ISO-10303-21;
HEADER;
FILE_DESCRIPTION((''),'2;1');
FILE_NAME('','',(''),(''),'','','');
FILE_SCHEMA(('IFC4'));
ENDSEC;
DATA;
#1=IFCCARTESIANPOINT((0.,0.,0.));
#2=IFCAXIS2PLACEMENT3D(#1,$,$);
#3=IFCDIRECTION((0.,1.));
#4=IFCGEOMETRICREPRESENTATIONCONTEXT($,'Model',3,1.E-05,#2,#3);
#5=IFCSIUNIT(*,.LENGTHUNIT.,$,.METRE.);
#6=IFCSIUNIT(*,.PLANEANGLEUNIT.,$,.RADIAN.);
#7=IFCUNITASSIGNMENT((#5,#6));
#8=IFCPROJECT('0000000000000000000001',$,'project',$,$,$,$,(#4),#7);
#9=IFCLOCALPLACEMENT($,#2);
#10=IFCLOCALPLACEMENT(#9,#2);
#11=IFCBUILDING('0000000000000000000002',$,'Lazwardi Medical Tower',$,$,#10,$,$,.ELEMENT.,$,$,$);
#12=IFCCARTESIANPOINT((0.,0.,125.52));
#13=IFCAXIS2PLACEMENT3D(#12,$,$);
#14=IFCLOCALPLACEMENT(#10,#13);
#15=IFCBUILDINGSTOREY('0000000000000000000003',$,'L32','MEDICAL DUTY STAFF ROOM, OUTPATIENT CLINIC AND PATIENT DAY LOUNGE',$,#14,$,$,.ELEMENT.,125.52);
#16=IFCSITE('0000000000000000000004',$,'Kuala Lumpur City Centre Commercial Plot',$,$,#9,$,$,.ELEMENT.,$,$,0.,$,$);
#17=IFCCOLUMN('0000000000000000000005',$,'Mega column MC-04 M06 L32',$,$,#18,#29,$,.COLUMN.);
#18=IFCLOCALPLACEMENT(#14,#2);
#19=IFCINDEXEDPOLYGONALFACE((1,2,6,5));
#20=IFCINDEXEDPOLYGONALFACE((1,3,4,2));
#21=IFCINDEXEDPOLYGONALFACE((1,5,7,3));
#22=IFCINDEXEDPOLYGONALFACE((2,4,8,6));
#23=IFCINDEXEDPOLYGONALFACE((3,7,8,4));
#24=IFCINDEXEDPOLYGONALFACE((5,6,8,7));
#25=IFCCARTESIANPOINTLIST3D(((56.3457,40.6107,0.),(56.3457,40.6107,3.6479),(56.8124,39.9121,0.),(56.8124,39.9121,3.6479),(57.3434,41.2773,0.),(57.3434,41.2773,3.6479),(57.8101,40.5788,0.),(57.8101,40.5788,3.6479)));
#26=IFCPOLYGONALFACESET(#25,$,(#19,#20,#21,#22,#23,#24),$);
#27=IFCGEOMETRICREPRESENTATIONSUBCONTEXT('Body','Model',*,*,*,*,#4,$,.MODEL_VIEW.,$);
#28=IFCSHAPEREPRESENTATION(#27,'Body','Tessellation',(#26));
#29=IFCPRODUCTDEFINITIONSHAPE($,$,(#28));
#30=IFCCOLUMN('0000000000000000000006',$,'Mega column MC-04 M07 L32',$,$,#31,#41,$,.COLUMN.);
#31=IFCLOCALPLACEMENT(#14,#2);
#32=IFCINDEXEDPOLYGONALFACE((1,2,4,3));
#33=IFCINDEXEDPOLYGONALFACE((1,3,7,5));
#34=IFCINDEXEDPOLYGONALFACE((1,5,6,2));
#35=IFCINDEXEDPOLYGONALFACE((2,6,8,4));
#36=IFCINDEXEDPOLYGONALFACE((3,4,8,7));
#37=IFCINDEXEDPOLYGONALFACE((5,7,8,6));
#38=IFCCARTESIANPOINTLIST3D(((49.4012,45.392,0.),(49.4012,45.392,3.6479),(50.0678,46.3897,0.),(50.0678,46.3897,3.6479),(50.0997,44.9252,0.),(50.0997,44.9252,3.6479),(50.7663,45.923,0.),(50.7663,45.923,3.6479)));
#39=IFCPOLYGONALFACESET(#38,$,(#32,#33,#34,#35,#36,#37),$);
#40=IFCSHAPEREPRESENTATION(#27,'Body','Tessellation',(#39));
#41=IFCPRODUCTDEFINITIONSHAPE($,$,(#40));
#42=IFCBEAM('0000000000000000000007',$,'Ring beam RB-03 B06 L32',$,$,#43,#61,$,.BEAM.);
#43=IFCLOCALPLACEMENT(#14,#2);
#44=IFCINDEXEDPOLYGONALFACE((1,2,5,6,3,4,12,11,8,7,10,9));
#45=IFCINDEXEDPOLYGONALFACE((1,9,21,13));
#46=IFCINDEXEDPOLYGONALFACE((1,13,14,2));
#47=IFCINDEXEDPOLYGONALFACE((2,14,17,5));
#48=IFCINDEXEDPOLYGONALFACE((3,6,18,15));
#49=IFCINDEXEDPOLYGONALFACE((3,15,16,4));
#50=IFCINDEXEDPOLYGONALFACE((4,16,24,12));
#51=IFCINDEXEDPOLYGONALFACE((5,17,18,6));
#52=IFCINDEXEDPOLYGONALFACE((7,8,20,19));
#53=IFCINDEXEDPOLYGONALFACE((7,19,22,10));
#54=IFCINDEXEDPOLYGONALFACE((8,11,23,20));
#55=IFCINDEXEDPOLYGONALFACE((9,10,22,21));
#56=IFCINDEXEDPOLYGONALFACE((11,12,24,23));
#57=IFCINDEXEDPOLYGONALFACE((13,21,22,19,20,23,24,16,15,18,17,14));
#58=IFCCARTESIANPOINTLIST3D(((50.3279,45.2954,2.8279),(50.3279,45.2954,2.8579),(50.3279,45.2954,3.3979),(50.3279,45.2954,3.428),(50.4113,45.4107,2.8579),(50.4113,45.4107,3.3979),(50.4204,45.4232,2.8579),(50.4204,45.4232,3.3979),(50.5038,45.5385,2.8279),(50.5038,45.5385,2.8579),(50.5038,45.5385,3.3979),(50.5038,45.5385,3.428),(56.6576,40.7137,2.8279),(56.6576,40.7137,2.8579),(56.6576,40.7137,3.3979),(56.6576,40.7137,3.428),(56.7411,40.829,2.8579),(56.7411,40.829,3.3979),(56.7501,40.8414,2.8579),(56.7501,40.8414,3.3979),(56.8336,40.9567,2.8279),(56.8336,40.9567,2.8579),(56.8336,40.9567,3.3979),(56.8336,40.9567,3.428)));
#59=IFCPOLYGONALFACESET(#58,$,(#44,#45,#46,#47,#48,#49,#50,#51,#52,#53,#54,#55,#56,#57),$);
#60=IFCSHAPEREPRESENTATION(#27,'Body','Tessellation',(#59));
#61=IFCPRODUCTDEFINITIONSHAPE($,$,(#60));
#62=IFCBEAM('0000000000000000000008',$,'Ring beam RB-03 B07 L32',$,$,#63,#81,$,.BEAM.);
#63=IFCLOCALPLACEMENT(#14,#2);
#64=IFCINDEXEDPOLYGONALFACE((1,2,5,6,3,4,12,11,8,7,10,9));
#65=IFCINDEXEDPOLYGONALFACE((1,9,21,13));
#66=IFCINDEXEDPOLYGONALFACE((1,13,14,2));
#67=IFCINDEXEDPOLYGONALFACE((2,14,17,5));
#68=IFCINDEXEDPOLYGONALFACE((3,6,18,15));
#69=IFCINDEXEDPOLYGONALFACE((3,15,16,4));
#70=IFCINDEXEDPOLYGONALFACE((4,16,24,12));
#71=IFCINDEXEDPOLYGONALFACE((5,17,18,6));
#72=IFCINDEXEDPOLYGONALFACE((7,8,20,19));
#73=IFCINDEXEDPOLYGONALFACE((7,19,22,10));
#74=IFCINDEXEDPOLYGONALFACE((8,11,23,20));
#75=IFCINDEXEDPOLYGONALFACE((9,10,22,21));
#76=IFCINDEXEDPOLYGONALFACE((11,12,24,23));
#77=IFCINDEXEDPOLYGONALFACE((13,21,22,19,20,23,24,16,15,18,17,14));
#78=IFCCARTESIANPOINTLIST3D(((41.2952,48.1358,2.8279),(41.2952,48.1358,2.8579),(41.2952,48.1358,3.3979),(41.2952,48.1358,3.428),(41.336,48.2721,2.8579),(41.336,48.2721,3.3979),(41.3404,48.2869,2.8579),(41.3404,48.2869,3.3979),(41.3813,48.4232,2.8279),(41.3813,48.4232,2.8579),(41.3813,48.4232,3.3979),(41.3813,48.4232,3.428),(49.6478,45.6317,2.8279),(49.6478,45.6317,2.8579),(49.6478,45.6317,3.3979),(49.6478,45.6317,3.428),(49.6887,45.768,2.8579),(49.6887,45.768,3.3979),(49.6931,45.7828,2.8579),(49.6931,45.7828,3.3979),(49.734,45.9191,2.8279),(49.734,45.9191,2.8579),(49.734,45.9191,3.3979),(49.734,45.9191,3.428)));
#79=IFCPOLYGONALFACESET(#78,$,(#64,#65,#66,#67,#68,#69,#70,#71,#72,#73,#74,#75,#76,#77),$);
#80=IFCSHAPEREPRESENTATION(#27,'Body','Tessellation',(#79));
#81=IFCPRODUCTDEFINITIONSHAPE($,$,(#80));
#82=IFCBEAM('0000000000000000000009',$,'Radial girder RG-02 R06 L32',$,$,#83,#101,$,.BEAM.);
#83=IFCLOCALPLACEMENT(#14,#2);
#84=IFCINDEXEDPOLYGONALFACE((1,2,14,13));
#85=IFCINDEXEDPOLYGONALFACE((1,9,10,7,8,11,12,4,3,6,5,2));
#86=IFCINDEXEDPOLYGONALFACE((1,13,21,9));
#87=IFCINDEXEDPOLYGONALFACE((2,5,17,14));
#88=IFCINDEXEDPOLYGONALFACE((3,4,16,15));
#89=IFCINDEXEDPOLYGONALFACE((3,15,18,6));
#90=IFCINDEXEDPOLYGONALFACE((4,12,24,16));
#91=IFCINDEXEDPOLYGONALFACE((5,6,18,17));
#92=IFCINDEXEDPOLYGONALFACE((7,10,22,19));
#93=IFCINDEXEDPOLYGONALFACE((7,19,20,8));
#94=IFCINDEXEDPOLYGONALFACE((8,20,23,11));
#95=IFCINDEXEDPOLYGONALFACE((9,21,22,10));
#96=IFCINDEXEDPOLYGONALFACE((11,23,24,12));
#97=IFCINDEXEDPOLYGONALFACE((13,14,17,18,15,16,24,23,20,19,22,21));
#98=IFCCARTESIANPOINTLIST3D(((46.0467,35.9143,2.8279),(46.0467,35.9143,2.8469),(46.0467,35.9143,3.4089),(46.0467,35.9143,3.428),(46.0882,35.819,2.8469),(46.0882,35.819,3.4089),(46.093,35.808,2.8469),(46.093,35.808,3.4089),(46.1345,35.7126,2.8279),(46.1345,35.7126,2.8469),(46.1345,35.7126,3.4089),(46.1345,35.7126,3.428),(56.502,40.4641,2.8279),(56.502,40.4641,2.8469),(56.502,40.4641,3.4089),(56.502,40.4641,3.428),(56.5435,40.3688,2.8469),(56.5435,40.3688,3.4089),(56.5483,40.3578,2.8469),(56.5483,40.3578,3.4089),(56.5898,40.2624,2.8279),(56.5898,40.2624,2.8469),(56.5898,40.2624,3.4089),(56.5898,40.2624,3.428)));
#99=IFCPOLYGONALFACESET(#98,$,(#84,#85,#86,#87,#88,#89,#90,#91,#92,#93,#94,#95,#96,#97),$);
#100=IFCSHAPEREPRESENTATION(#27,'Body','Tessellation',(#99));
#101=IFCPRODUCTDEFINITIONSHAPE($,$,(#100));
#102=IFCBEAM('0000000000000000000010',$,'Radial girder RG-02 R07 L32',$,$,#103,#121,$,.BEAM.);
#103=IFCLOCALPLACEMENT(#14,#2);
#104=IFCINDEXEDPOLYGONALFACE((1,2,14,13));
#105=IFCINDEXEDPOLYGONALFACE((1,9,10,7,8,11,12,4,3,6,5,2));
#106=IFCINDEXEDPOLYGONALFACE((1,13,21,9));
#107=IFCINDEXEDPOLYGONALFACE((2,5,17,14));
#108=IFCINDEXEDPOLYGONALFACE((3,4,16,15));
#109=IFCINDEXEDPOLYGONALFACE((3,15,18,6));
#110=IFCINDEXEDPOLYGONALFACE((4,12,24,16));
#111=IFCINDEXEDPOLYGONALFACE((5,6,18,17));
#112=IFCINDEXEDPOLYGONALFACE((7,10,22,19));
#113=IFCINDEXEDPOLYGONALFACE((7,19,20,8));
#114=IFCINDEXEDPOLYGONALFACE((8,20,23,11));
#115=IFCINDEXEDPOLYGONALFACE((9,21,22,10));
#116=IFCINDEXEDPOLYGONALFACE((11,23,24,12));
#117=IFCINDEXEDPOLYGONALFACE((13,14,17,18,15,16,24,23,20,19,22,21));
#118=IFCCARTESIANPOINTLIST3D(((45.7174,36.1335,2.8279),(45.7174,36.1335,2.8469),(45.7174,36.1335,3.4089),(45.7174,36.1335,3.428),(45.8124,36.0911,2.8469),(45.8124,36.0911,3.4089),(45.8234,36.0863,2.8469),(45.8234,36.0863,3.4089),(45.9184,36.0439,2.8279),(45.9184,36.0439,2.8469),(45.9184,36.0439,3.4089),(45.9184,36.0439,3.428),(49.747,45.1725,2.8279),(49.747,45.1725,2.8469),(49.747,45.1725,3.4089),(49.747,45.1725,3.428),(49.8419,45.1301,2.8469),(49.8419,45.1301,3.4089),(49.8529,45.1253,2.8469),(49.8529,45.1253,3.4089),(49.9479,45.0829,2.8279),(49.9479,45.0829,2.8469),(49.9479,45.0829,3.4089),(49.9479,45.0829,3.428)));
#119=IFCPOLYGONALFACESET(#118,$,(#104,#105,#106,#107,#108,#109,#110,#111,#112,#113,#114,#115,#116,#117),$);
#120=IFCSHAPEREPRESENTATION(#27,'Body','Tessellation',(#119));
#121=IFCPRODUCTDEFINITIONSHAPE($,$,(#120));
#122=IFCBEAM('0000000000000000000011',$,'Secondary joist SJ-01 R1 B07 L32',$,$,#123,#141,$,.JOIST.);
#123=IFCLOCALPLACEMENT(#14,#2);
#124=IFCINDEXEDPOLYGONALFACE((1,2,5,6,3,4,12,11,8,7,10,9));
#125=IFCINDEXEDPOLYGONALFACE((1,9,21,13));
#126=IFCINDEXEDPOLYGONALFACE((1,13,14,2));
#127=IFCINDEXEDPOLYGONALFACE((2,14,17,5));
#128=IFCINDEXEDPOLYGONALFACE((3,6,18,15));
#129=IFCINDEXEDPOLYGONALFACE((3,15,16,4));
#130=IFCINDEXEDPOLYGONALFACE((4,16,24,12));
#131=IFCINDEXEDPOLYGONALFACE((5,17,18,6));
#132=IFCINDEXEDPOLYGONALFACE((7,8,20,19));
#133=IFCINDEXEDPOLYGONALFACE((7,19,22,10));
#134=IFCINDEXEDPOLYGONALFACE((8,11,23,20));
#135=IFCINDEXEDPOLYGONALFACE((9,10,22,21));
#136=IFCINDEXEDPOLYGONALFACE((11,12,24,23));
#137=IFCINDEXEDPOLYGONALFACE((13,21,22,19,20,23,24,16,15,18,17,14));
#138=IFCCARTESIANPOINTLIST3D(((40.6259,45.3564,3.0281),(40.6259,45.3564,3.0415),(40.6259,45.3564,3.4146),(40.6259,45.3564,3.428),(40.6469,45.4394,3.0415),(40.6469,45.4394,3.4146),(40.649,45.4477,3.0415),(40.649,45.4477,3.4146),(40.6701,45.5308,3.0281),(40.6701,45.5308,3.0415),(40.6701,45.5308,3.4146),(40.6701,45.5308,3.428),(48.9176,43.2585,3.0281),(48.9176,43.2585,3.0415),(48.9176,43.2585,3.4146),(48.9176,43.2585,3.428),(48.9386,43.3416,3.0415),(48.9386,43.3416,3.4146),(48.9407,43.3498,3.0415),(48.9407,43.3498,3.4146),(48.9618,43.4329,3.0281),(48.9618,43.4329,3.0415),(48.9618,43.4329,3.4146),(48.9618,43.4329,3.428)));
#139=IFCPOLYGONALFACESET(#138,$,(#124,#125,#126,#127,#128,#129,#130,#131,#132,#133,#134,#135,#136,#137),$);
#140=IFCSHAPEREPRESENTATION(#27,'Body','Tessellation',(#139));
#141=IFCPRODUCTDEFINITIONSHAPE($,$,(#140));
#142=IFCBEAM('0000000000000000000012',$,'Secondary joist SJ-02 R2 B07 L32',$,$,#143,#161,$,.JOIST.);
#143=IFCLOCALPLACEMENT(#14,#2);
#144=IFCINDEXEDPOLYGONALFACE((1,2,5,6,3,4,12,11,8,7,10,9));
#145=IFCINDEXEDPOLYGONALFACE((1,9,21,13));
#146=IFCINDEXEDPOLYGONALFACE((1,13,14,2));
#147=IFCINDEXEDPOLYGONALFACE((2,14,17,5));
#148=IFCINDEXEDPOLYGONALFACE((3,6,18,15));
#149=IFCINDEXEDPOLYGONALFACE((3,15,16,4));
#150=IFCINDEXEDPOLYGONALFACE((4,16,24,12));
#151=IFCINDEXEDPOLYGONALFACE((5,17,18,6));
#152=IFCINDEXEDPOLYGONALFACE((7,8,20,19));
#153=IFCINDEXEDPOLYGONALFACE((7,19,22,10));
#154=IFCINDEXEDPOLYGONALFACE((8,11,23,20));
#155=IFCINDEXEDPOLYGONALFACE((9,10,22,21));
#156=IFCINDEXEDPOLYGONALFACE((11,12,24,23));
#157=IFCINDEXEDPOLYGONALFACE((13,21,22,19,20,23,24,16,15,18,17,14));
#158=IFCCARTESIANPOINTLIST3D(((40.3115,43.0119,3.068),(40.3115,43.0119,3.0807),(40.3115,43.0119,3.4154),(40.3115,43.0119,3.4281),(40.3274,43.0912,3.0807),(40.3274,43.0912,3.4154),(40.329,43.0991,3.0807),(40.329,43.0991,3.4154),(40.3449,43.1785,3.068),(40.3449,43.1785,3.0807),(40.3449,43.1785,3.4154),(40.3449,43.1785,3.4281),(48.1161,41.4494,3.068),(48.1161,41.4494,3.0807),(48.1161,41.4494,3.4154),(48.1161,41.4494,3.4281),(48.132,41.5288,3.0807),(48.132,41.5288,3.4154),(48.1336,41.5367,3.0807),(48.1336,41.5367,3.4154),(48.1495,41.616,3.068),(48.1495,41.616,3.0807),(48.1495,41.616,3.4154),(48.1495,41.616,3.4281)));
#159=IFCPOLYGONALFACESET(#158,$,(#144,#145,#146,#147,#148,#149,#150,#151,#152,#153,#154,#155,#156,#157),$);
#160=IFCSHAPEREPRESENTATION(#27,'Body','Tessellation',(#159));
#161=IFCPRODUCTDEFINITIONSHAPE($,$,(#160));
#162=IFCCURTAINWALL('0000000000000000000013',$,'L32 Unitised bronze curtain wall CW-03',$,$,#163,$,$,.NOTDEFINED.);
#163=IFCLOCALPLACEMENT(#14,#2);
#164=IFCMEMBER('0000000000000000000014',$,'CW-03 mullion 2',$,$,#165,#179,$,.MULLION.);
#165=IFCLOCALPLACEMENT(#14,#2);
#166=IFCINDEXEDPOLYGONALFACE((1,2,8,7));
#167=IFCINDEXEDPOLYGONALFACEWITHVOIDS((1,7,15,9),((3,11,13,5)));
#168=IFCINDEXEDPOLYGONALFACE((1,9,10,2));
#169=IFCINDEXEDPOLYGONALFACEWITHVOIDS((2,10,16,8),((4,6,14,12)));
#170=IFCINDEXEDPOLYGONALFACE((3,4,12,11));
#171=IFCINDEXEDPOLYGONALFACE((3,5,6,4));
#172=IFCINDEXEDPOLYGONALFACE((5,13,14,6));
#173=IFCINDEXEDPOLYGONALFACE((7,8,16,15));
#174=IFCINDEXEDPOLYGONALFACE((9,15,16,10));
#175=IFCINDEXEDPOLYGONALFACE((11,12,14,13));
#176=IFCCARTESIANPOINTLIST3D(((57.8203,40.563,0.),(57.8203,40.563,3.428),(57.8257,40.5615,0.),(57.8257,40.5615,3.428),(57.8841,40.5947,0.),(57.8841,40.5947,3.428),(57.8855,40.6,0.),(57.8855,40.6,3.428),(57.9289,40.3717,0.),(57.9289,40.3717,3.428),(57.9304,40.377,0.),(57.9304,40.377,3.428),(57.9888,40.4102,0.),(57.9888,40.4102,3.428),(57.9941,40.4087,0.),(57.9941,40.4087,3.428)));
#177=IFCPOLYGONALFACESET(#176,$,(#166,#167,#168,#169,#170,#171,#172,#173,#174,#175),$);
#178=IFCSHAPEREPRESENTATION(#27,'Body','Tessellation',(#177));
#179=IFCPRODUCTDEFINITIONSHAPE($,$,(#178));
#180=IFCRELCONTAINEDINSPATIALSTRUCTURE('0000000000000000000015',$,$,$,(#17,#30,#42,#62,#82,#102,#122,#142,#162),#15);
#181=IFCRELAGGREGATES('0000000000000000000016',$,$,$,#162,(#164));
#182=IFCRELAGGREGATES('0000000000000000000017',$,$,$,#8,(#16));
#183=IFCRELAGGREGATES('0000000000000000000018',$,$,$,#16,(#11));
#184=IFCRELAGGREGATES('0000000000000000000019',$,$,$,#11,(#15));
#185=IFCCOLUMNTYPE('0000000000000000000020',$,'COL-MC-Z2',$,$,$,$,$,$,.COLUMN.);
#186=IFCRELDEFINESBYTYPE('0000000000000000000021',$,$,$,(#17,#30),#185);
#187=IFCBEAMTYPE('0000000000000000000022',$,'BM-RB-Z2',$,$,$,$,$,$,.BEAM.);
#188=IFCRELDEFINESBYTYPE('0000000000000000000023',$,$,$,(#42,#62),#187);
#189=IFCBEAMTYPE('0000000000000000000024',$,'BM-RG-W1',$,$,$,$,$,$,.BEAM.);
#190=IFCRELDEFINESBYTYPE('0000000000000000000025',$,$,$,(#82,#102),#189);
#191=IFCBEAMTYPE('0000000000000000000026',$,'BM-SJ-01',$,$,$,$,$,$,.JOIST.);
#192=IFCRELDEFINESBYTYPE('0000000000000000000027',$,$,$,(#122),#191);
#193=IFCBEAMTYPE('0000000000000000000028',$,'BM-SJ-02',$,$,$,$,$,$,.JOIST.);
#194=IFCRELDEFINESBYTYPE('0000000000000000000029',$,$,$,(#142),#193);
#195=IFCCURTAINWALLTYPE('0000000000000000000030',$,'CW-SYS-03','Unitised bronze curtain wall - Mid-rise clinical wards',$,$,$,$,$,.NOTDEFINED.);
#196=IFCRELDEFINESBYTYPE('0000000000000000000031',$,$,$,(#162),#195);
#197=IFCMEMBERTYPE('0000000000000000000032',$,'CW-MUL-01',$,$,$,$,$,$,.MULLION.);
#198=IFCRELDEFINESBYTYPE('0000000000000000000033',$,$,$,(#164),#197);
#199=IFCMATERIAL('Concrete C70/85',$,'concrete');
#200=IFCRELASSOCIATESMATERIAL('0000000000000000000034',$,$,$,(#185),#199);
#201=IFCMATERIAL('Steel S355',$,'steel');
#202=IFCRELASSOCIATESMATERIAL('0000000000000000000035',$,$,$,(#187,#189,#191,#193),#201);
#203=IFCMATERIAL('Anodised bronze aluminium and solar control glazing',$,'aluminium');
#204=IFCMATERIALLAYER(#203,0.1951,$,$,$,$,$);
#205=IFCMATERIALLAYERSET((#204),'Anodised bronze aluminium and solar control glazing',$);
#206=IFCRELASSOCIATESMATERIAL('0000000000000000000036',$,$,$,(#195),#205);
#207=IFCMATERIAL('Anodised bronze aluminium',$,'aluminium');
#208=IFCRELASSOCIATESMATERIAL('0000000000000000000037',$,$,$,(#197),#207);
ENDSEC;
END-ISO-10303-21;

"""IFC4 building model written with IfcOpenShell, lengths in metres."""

from ifc_helpers import new_model, si_unit, direction, frame, origin, origin_2d, place, context, subcontext, project, spatial, rectangle, hollow_rectangle, i_section, extrude, material, layer, layer_set, material_profile, profile_set, type_object, element, aggregate, save


model = new_model("IFC4")

# Units and contexts
model_context = context("Model", 3, precision=1e-05, world=origin(), true_north=direction((0.0, 1.0)))
body_context = subcontext(model_context, "Body", "Model", "MODEL_VIEW")
ifc_project = project(units=[si_unit("LENGTHUNIT", "METRE"), si_unit("PLANEANGLEUNIT", "RADIAN")], contexts=[model_context])

# Site, building, storey
site_placement = place(None, origin())
site = spatial("IfcSite", under=ifc_project, at=site_placement, Name="Kuala Lumpur City Centre Commercial Plot", CompositionType="ELEMENT", RefElevation=0.0)
building_placement = place(site_placement, origin())
building = spatial("IfcBuilding", under=site, at=building_placement, Name="Lazwardi Medical Tower", CompositionType="ELEMENT")
storey_placement = place(building_placement, frame((0.0, 0.0, 125.52)))
storey = spatial("IfcBuildingStorey", under=building, at=storey_placement, Name="L32", Description="MEDICAL DUTY STAFF ROOM, OUTPATIENT CLINIC AND PATIENT DAY LOUNGE", CompositionType="ELEMENT", Elevation=125.52)

# Columns
ifc_material_1 = material(Name="Concrete C70/85", Category="concrete")
ifc_material_profile_1 = material_profile(ifc_material_1, rectangle(XDim=1.2, YDim=0.8401, at=origin_2d()), Name="CFT-RECT 1200x840")
ifc_profile_set_1 = profile_set([ifc_material_profile_1], Name="Concrete C70/85")
column_type = type_object("IfcColumnType", Name="COL-MC-Z2", PredefinedType="COLUMN", material=ifc_profile_set_1)
for number, where, z_axis, x_axis, name in (
    (1, (57.0779, 40.5947, 0.0), (0.0, 0.0, 1.0), (0.83147, 0.55557, 0.0), "Mega column MC-04 M06 L32"),
    (2, (50.0837, 45.6575, 0.0), (0.0, 0.0, 1.0), (0.55557, 0.83147, 0.0), "Mega column MC-04 M07 L32"),
):
    element("IfcColumn", number, at=place(storey_placement, frame(where, z_axis=z_axis, x_axis=x_axis)), inside=storey, type_object=column_type, Name=name, PredefinedType="COLUMN", context=body_context, shape_type="SweptSolid", body=[
        extrude(rectangle(XDim=1.2, YDim=0.8401, at=origin_2d()), origin(), (0.0, 0.0, 1.0), 3.6479),
    ])

# Beams
ifc_material_2 = material(Name="Steel S355", Category="steel")
ifc_material_profile_2 = material_profile(ifc_material_2, i_section(OverallWidth=0.3, OverallDepth=0.6001, WebThickness=0.0154, FlangeThickness=0.03, at=origin_2d()), Name="HEB 600")
ifc_profile_set_2 = profile_set([ifc_material_profile_2], Name="Steel S355")
beam_type_1 = type_object("IfcBeamType", Name="BM-RB-Z2", PredefinedType="BEAM", material=ifc_profile_set_2)
beam_1_placement = place(storey_placement, frame((56.7456, 40.8352, 3.1279), z_axis=(-0.810057, 0.586351, 0.0), x_axis=(-0.586351, -0.810057, 0.0)))
element("IfcBeam", 3, at=beam_1_placement, inside=storey, type_object=beam_type_1, Name="Ring beam RB-03 B06 L32", PredefinedType="BEAM", context=body_context, shape_type="SweptSolid", body=[
    extrude(i_section(OverallWidth=0.3, OverallDepth=0.6001, WebThickness=0.0154, FlangeThickness=0.03, at=origin_2d()), origin(), (0.0, 0.0, 1.0), 7.814),
])
beam_2_placement = place(storey_placement, frame((49.6909, 45.7754, 3.1279), z_axis=(-0.957879, 0.287171, 0.0), x_axis=(-0.287171, -0.957879, 0.0)))
element("IfcBeam", 4, at=beam_2_placement, inside=storey, type_object=beam_type_1, Name="Ring beam RB-03 B07 L32", PredefinedType="BEAM", context=body_context, shape_type="SweptSolid", body=[
    extrude(i_section(OverallWidth=0.3, OverallDepth=0.6001, WebThickness=0.0154, FlangeThickness=0.03, at=origin_2d()), origin(), (0.0, 0.0, 1.0), 8.72),
])
ifc_material_profile_3 = material_profile(ifc_material_2, i_section(OverallWidth=0.22, OverallDepth=0.6001, WebThickness=0.012, FlangeThickness=0.019, at=origin_2d()), Name="IPE 600")
ifc_profile_set_3 = profile_set([ifc_material_profile_3], Name="Steel S355")
beam_type_2 = type_object("IfcBeamType", Name="BM-RG-W1", PredefinedType="BEAM", material=ifc_profile_set_3)
beam_3_placement = place(storey_placement, frame((56.5459, 40.3633, 3.1279), z_axis=(-0.916941, -0.399022, 0.0), x_axis=(0.399022, -0.916941, 0.0)))
element("IfcBeam", 5, at=beam_3_placement, inside=storey, type_object=beam_type_2, Name="Radial girder RG-02 R06 L32", PredefinedType="BEAM", context=body_context, shape_type="SweptSolid", body=[
    extrude(i_section(OverallWidth=0.22, OverallDepth=0.6001, WebThickness=0.012, FlangeThickness=0.019, at=origin_2d()), origin(), (0.0, 0.0, 1.0), 11.4023),
])
beam_4_placement = place(storey_placement, frame((49.8474, 45.1277, 3.1279), z_axis=(-0.407166, -0.913354, 0.0), x_axis=(0.913354, -0.407166, 0.0)))
element("IfcBeam", 6, at=beam_4_placement, inside=storey, type_object=beam_type_2, Name="Radial girder RG-02 R07 L32", PredefinedType="BEAM", context=body_context, shape_type="SweptSolid", body=[
    extrude(i_section(OverallWidth=0.22, OverallDepth=0.6001, WebThickness=0.012, FlangeThickness=0.019, at=origin_2d()), origin(), (0.0, 0.0, 1.0), 9.8965),
])
ifc_material_profile_4 = material_profile(ifc_material_2, i_section(OverallWidth=0.1799, OverallDepth=0.3999, WebThickness=0.0085, FlangeThickness=0.0134, at=origin_2d()), Name="IPE 400")
ifc_profile_set_4 = profile_set([ifc_material_profile_4], Name="Steel S355")
beam_type_3 = type_object("IfcBeamType", Name="BM-SJ-01", PredefinedType="JOIST", material=ifc_profile_set_4)
beam_5_placement = place(storey_placement, frame((48.9397, 43.3457, 3.228), z_axis=(-0.969452, 0.245282, 0.0), x_axis=(-0.245282, -0.969452, 0.0)))
element("IfcBeam", 7, at=beam_5_placement, inside=storey, type_object=beam_type_3, Name="Secondary joist SJ-01 R1 B07 L32", PredefinedType="JOIST", context=body_context, shape_type="SweptSolid", body=[
    extrude(i_section(OverallWidth=0.1799, OverallDepth=0.3999, WebThickness=0.0085, FlangeThickness=0.0134, at=origin_2d()), origin(), (0.0, 0.0, 1.0), 8.553),
])
ifc_material_profile_5 = material_profile(ifc_material_2, i_section(OverallWidth=0.1699, OverallDepth=0.3601, WebThickness=0.0081, FlangeThickness=0.0127, at=origin_2d()), Name="IPE 360")
ifc_profile_set_5 = profile_set([ifc_material_profile_5], Name="Steel S355")
beam_type_4 = type_object("IfcBeamType", Name="BM-SJ-02", PredefinedType="JOIST", material=ifc_profile_set_5)
beam_6_placement = place(storey_placement, frame((48.1328, 41.5327, 3.248), z_axis=(-0.980543, 0.196305, 0.0), x_axis=(-0.196305, -0.980543, 0.0)))
element("IfcBeam", 8, at=beam_6_placement, inside=storey, type_object=beam_type_4, Name="Secondary joist SJ-02 R2 B07 L32", PredefinedType="JOIST", context=body_context, shape_type="SweptSolid", body=[
    extrude(i_section(OverallWidth=0.1699, OverallDepth=0.3601, WebThickness=0.0081, FlangeThickness=0.0127, at=origin_2d()), origin(), (0.0, 0.0, 1.0), 7.9595),
])

# Curtain wall, member
ifc_material_3 = material(Name="Anodised bronze aluminium and solar control glazing", Category="aluminium")
ifc_layer_1 = layer(ifc_material_3, 0.1951)
ifc_layer_set_1 = layer_set([ifc_layer_1], Name="Anodised bronze aluminium and solar control glazing")
curtain_wall_type = type_object("IfcCurtainWallType", Name="CW-SYS-03", Description="Unitised bronze curtain wall - Mid-rise clinical wards", PredefinedType="NOTDEFINED", material=ifc_layer_set_1)
curtain_wall_1_placement = place(storey_placement, origin())
curtain_wall_1 = element("IfcCurtainWall", 9, at=curtain_wall_1_placement, inside=storey, type_object=curtain_wall_type, Name="L32 Unitised bronze curtain wall CW-03", PredefinedType="NOTDEFINED")
ifc_material_4 = material(Name="Anodised bronze aluminium", Category="aluminium")
ifc_material_profile_6 = material_profile(ifc_material_4, hollow_rectangle(XDim=0.075, YDim=0.22, WallThickness=0.0039, at=origin_2d()), Name="ALU-MULLION 220x75x4")
ifc_profile_set_6 = profile_set([ifc_material_profile_6], Name="Anodised bronze aluminium")
member_type_1 = type_object("IfcMemberType", Name="CW-MUL-01", PredefinedType="MULLION", material=ifc_profile_set_6)
member_1_placement = place(storey_placement, frame((57.9072, 40.4858, 0.0), z_axis=(0.0, 0.0, 1.0), x_axis=(-0.869687, -0.493603, 0.0)))
member_1 = element("IfcMember", 10, at=member_1_placement, type_object=member_type_1, Name="CW-03 mullion 2", PredefinedType="MULLION", context=body_context, shape_type="SweptSolid", body=[
    extrude(hollow_rectangle(XDim=0.075, YDim=0.22, WallThickness=0.0039, at=origin_2d()), origin(), (0.0, 0.0, 1.0), 3.428),
])
aggregate(curtain_wall_1, [member_1])

save(model, "model.ifc")
